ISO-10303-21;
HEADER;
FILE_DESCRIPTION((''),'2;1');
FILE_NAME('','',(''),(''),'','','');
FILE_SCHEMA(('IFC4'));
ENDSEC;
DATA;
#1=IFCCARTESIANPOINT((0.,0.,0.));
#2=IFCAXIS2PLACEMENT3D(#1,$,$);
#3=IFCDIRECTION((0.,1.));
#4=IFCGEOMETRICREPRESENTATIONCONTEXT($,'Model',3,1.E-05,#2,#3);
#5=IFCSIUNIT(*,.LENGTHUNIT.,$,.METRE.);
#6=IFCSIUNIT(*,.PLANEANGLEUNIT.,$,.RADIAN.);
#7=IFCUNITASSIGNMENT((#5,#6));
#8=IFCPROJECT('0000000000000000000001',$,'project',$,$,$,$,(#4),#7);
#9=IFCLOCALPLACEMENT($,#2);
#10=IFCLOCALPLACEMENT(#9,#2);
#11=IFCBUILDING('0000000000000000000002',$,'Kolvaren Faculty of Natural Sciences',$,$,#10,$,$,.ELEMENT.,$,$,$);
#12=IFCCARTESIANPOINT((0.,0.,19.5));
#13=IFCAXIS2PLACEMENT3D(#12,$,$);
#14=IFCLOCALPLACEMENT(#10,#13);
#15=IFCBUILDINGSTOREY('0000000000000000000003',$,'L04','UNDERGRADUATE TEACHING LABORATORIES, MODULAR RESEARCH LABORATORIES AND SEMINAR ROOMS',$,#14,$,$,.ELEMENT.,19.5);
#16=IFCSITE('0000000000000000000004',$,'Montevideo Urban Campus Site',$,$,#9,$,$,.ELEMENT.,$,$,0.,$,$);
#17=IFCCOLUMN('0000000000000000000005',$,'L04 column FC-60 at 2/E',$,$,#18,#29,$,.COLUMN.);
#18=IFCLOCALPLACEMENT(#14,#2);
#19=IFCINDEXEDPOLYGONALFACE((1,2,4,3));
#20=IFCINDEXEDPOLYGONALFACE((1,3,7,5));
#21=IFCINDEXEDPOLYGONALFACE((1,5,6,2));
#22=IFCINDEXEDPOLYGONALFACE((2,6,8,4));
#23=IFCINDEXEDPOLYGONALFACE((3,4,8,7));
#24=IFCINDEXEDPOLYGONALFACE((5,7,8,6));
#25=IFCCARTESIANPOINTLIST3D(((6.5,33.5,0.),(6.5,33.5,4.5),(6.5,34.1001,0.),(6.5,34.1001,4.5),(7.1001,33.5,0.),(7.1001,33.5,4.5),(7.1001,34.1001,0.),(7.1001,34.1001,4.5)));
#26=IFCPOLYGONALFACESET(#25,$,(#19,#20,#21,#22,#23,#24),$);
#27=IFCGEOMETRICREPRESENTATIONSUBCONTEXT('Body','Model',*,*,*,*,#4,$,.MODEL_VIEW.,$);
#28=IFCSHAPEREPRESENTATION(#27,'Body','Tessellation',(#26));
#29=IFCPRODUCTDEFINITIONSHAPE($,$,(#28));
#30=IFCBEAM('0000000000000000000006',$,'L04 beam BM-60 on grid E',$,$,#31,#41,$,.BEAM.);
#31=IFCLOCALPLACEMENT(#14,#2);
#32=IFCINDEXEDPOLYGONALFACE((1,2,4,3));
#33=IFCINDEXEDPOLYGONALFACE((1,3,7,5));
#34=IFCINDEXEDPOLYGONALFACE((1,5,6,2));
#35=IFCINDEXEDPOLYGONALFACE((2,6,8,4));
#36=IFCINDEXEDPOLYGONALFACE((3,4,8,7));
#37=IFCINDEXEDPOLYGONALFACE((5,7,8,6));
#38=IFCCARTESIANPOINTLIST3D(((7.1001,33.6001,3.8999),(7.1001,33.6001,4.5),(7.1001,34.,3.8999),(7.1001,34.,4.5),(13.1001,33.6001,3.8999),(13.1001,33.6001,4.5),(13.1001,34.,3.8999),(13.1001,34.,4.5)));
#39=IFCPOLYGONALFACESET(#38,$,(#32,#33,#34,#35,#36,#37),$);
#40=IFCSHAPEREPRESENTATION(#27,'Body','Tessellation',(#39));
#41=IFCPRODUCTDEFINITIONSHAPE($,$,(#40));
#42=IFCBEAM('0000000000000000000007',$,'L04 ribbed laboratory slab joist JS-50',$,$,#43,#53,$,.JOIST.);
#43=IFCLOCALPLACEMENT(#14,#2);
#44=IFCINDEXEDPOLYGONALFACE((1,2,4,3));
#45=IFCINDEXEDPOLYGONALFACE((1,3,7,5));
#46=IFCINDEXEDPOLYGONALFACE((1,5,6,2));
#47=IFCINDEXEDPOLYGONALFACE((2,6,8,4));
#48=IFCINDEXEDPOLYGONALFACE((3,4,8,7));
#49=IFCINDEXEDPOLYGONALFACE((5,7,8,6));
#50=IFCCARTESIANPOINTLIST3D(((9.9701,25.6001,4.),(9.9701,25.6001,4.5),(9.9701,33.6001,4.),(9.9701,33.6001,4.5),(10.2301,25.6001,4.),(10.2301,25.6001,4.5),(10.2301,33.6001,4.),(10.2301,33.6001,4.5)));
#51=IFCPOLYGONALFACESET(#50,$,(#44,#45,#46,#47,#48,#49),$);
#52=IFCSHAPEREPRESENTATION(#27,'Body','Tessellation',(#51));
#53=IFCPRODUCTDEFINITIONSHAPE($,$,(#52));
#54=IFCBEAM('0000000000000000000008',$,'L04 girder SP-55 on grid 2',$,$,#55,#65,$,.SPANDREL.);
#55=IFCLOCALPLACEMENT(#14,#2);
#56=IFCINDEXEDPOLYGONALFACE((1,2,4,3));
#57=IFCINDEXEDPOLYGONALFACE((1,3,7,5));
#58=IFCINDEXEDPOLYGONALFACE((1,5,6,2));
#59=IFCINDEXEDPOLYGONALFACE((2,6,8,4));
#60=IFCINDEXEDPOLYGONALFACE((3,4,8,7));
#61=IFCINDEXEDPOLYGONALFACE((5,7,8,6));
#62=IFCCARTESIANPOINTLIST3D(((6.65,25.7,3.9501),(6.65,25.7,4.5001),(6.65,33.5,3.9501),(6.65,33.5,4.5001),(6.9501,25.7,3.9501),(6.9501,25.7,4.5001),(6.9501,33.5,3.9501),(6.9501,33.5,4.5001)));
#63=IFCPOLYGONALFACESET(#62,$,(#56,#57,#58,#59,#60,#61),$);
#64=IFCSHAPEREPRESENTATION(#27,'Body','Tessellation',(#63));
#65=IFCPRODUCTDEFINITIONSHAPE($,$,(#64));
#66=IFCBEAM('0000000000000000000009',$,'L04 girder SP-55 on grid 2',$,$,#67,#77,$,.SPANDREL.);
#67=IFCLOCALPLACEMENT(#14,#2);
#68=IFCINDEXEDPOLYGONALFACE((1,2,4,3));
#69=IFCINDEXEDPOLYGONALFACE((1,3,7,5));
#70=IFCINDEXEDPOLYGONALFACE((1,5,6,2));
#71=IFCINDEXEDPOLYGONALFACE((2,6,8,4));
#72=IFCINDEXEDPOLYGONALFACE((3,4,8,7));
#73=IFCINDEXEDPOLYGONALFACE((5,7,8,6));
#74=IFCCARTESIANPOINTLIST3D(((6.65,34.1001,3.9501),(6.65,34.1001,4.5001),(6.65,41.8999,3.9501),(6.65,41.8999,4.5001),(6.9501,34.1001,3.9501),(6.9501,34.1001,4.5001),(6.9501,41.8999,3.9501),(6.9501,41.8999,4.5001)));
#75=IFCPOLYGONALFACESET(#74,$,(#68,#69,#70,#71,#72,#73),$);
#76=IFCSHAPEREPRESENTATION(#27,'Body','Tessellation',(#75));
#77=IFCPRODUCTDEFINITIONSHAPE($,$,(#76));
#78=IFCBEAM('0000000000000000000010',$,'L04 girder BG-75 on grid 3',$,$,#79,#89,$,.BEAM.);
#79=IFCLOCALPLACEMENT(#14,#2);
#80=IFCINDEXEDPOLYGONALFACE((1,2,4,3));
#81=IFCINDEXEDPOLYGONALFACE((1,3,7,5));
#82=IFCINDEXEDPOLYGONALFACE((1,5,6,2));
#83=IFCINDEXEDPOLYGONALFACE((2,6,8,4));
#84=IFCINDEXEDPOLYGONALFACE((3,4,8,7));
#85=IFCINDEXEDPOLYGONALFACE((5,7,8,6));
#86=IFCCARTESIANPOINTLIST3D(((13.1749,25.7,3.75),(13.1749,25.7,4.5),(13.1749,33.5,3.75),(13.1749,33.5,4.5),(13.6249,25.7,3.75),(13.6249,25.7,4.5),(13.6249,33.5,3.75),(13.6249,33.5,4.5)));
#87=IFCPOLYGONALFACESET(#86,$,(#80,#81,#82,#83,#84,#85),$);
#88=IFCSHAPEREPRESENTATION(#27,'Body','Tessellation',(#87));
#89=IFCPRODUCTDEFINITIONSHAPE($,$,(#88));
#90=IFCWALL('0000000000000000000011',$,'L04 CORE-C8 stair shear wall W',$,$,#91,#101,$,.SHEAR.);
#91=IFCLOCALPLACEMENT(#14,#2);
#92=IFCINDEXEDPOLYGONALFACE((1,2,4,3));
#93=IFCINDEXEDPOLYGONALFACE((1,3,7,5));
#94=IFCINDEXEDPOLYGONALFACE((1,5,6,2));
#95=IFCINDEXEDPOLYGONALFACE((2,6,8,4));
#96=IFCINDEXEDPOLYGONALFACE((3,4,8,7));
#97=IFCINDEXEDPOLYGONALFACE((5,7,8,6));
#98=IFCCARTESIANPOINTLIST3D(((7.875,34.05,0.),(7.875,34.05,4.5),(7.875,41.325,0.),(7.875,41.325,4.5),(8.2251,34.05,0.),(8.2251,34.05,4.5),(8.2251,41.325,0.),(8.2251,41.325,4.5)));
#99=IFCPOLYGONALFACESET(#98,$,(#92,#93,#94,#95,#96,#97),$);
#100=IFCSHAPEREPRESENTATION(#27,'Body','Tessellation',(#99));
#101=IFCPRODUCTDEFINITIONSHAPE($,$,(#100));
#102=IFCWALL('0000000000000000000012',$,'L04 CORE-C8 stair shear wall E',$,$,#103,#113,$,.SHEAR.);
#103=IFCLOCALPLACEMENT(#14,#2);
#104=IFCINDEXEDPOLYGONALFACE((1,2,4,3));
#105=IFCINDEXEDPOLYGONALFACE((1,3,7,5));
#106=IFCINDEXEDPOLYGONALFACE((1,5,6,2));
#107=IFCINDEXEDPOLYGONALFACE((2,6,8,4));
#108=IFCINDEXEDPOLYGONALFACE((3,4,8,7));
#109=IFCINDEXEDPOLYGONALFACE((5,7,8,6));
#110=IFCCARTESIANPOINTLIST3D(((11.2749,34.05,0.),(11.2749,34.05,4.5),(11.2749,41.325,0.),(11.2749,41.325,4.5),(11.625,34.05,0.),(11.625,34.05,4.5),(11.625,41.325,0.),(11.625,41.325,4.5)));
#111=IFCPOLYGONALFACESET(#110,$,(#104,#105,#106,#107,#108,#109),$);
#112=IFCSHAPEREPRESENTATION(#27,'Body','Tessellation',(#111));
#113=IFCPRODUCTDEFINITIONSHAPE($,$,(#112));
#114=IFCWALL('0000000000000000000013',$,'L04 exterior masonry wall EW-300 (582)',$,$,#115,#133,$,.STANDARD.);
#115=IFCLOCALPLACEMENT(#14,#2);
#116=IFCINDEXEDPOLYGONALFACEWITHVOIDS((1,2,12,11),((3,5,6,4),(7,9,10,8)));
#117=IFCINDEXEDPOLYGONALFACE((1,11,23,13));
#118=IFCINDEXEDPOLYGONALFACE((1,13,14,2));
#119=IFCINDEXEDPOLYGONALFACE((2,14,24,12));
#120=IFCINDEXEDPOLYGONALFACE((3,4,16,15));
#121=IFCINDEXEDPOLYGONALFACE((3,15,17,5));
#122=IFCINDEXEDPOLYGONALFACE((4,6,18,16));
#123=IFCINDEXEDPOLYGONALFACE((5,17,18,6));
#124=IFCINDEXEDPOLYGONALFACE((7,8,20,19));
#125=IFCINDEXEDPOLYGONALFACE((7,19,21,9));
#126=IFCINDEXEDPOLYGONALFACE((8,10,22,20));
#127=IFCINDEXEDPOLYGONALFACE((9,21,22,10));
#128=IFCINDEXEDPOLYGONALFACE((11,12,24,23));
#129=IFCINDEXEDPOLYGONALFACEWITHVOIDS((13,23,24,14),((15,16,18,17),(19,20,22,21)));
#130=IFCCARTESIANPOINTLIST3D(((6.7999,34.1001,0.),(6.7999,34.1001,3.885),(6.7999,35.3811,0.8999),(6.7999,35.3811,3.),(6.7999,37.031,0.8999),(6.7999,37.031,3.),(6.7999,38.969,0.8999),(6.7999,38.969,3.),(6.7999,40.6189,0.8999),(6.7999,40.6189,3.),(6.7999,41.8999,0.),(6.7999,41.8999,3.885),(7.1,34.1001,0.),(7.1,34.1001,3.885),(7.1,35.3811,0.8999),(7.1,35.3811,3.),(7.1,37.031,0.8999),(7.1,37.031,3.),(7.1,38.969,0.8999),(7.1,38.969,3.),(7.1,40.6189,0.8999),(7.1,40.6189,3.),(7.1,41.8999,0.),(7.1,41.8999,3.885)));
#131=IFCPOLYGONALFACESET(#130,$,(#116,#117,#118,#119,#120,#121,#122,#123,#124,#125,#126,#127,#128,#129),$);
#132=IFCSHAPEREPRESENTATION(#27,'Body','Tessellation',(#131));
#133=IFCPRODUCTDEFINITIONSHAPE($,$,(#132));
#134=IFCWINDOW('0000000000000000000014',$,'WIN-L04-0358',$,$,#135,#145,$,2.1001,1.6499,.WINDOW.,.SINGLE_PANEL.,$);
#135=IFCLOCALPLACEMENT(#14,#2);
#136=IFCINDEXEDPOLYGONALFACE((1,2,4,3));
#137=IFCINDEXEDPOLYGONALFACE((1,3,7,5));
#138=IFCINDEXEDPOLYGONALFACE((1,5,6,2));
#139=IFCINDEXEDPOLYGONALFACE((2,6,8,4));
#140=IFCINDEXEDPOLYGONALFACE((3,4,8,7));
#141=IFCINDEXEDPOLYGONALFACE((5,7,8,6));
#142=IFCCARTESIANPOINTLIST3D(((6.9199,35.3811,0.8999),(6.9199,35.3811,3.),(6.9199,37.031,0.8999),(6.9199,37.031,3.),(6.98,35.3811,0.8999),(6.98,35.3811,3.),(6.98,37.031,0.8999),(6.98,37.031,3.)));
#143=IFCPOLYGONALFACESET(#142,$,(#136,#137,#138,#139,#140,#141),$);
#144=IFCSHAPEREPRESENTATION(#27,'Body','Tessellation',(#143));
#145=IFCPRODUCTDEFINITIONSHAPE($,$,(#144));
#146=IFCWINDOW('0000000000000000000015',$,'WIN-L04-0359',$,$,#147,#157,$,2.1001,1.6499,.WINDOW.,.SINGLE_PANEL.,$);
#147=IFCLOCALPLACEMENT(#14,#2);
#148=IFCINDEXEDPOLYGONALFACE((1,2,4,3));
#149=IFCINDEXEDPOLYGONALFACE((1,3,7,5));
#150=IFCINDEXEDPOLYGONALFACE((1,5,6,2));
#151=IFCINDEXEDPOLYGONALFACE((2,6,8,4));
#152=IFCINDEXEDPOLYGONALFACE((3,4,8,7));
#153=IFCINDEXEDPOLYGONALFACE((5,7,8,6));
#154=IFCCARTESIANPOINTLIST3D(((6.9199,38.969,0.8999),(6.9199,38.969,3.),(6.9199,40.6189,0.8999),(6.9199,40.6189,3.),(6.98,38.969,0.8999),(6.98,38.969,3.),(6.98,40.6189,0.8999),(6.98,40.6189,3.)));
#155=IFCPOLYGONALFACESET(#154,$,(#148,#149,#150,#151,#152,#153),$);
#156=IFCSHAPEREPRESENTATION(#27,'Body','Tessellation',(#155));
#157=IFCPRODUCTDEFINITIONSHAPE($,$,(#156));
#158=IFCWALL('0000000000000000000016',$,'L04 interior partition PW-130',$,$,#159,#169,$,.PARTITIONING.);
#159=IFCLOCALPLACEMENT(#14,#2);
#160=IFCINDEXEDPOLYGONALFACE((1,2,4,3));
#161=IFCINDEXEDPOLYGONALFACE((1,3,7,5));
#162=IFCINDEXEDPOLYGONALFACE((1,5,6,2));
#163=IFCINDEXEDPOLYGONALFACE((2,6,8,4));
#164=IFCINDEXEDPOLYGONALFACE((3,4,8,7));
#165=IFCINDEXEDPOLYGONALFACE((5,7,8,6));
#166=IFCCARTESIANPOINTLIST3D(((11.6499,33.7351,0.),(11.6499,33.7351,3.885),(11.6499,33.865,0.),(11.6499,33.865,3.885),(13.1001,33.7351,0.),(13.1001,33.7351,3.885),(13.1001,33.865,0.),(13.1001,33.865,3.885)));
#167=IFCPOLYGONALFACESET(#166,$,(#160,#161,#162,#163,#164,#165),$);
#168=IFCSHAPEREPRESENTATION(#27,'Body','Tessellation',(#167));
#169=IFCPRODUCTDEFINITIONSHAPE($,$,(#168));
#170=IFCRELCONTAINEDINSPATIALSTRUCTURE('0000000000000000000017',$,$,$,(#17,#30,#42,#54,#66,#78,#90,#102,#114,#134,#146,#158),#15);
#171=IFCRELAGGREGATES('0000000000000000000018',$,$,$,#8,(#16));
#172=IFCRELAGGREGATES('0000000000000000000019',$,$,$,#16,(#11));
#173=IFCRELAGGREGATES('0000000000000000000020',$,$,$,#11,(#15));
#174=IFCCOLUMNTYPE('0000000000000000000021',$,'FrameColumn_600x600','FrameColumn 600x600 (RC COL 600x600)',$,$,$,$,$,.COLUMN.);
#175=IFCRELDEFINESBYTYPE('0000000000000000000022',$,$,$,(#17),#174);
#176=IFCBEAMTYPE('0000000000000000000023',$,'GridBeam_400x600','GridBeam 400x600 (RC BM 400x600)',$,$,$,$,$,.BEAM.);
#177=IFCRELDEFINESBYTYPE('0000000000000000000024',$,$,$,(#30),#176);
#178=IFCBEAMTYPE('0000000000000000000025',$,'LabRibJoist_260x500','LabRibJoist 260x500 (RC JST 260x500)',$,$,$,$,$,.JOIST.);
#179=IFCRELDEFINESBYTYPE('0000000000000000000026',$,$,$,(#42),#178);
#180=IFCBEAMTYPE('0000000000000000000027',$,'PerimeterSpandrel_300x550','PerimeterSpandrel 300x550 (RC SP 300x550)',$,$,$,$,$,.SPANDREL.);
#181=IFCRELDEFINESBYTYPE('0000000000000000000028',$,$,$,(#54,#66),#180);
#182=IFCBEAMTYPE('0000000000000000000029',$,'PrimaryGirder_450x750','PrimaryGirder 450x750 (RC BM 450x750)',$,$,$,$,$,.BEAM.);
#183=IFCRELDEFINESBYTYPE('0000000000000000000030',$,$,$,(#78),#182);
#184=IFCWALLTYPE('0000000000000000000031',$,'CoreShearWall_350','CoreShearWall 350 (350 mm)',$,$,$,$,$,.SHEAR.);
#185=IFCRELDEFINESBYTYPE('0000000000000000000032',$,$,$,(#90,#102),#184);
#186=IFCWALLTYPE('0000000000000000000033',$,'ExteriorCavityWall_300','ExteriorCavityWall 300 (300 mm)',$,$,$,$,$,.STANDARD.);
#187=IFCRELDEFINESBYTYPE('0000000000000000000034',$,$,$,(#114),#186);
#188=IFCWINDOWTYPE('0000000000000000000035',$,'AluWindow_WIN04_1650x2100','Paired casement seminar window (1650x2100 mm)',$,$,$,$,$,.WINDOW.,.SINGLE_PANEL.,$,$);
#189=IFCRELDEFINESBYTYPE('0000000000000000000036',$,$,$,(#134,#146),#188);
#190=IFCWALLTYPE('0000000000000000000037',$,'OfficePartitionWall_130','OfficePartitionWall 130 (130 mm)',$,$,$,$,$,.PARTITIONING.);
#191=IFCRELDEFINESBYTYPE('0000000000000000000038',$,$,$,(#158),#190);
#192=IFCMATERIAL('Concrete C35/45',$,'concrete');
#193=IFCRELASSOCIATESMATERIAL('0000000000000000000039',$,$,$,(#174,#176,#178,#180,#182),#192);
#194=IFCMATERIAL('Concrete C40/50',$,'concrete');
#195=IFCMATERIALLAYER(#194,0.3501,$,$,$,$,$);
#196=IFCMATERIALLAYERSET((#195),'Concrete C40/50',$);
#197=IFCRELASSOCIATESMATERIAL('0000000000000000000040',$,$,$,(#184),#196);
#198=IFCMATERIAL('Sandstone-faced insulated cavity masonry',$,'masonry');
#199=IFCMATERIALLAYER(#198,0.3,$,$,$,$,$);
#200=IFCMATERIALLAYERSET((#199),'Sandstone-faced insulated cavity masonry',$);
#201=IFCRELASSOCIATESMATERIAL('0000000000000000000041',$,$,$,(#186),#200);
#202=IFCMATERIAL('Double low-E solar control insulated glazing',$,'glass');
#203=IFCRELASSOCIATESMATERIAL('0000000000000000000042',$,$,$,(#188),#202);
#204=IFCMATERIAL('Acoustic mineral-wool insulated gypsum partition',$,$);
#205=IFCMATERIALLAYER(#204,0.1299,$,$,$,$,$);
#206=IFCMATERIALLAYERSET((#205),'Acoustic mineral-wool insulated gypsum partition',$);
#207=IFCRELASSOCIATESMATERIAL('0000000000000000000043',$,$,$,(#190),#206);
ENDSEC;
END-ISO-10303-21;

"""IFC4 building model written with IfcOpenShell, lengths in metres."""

from ifc_helpers import new_model, si_unit, direction, frame, frame_2d, origin, origin_2d, place, context, subcontext, project, spatial, rectangle, extrude, material, layer, layer_set, material_profile, profile_set, type_object, element, fill, save


model = new_model("IFC4")

# Units and contexts
model_context = context("Model", 3, precision=1e-05, world=origin(), true_north=direction((0.0, 1.0)))
body_context = subcontext(model_context, "Body", "Model", "MODEL_VIEW")
ifc_project = project(units=[si_unit("LENGTHUNIT", "METRE"), si_unit("PLANEANGLEUNIT", "RADIAN")], contexts=[model_context])

# Site, building, storey
site_placement = place(None, origin())
site = spatial("IfcSite", under=ifc_project, at=site_placement, Name="Montevideo Urban Campus Site", CompositionType="ELEMENT", RefElevation=0.0)
building_placement = place(site_placement, origin())
building = spatial("IfcBuilding", under=site, at=building_placement, Name="Kolvaren Faculty of Natural Sciences", CompositionType="ELEMENT")
storey_placement = place(building_placement, frame((0.0, 0.0, 19.5)))
storey = spatial("IfcBuildingStorey", under=building, at=storey_placement, Name="L04", Description="UNDERGRADUATE TEACHING LABORATORIES, MODULAR RESEARCH LABORATORIES AND SEMINAR ROOMS", CompositionType="ELEMENT", Elevation=19.5)

# Column
ifc_material_1 = material(Name="Concrete C35/45", Category="concrete")
ifc_material_profile_1 = material_profile(ifc_material_1, rectangle(XDim=0.6001, YDim=0.6001, at=origin_2d()), Name="RC COL 600x600")
ifc_profile_set_1 = profile_set([ifc_material_profile_1], Name="Concrete C35/45")
column_type = type_object("IfcColumnType", Name="FrameColumn_600x600", Description="FrameColumn 600x600 (RC COL 600x600)", PredefinedType="COLUMN", material=ifc_profile_set_1)
column_placement = place(storey_placement, frame((6.8, 33.8, 0.0), z_axis=(0.0, 0.0, 1.0), x_axis=(1.0, 0.0, 0.0)))
element("IfcColumn", 1, at=column_placement, inside=storey, type_object=column_type, Name="L04 column FC-60 at 2/E", PredefinedType="COLUMN", context=body_context, shape_type="SweptSolid", body=[
    extrude(rectangle(XDim=0.6001, YDim=0.6001, at=origin_2d()), origin(), (0.0, 0.0, 1.0), 4.5),
])

# Beams
ifc_material_profile_2 = material_profile(ifc_material_1, rectangle(XDim=0.3999, YDim=0.6001, at=origin_2d()), Name="RC BM 400x600")
ifc_profile_set_2 = profile_set([ifc_material_profile_2], Name="Concrete C35/45")
beam_type_1 = type_object("IfcBeamType", Name="GridBeam_400x600", Description="GridBeam 400x600 (RC BM 400x600)", PredefinedType="BEAM", material=ifc_profile_set_2)
beam_1_placement = place(storey_placement, frame((7.1001, 33.8, 4.2), z_axis=(1.0, 0.0, 0.0), x_axis=(0.0, 1.0, 0.0)))
element("IfcBeam", 2, at=beam_1_placement, inside=storey, type_object=beam_type_1, Name="L04 beam BM-60 on grid E", PredefinedType="BEAM", context=body_context, shape_type="SweptSolid", body=[
    extrude(rectangle(XDim=0.3999, YDim=0.6001, at=origin_2d()), origin(), (0.0, 0.0, 1.0), 6.0),
])
ifc_material_profile_3 = material_profile(ifc_material_1, rectangle(XDim=0.26, YDim=0.5, at=origin_2d()), Name="RC JST 260x500")
ifc_profile_set_3 = profile_set([ifc_material_profile_3], Name="Concrete C35/45")
beam_type_2 = type_object("IfcBeamType", Name="LabRibJoist_260x500", Description="LabRibJoist 260x500 (RC JST 260x500)", PredefinedType="JOIST", material=ifc_profile_set_3)
beam_2_placement = place(storey_placement, frame((10.1001, 25.6001, 4.25), z_axis=(0.0, 1.0, 0.0), x_axis=(-1.0, 0.0, 0.0)))
element("IfcBeam", 3, at=beam_2_placement, inside=storey, type_object=beam_type_2, Name="L04 ribbed laboratory slab joist JS-50", PredefinedType="JOIST", context=body_context, shape_type="SweptSolid", body=[
    extrude(rectangle(XDim=0.26, YDim=0.5, at=origin_2d()), origin(), (0.0, 0.0, 1.0), 8.0),
])
ifc_material_profile_4 = material_profile(ifc_material_1, rectangle(XDim=0.3, YDim=0.55, at=origin_2d()), Name="RC SP 300x550")
ifc_profile_set_4 = profile_set([ifc_material_profile_4], Name="Concrete C35/45")
beam_type_3 = type_object("IfcBeamType", Name="PerimeterSpandrel_300x550", Description="PerimeterSpandrel 300x550 (RC SP 300x550)", PredefinedType="SPANDREL", material=ifc_profile_set_4)
beam_3_placement = place(storey_placement, frame((6.8, 25.7, 4.2251), z_axis=(0.0, 1.0, 0.0), x_axis=(-1.0, 0.0, 0.0)))
element("IfcBeam", 4, at=beam_3_placement, inside=storey, type_object=beam_type_3, Name="L04 girder SP-55 on grid 2", PredefinedType="SPANDREL", context=body_context, shape_type="SweptSolid", body=[
    extrude(rectangle(XDim=0.3, YDim=0.55, at=origin_2d()), origin(), (0.0, 0.0, 1.0), 7.8),
])
beam_4_placement = place(storey_placement, frame((6.8, 34.1001, 4.2251), z_axis=(0.0, 1.0, 0.0), x_axis=(-1.0, 0.0, 0.0)))
element("IfcBeam", 5, at=beam_4_placement, inside=storey, type_object=beam_type_3, Name="L04 girder SP-55 on grid 2", PredefinedType="SPANDREL", context=body_context, shape_type="SweptSolid", body=[
    extrude(rectangle(XDim=0.3, YDim=0.55, at=origin_2d()), origin(), (0.0, 0.0, 1.0), 7.7998),
])
ifc_material_profile_5 = material_profile(ifc_material_1, rectangle(XDim=0.45, YDim=0.75, at=origin_2d()), Name="RC BM 450x750")
ifc_profile_set_5 = profile_set([ifc_material_profile_5], Name="Concrete C35/45")
beam_type_4 = type_object("IfcBeamType", Name="PrimaryGirder_450x750", Description="PrimaryGirder 450x750 (RC BM 450x750)", PredefinedType="BEAM", material=ifc_profile_set_5)
beam_5_placement = place(storey_placement, frame((13.3999, 25.7, 4.125), z_axis=(0.0, 1.0, 0.0), x_axis=(-1.0, 0.0, 0.0)))
element("IfcBeam", 6, at=beam_5_placement, inside=storey, type_object=beam_type_4, Name="L04 girder BG-75 on grid 3", PredefinedType="BEAM", context=body_context, shape_type="SweptSolid", body=[
    extrude(rectangle(XDim=0.45, YDim=0.75, at=origin_2d()), origin(), (0.0, 0.0, 1.0), 7.8),
])

# Shared definitions
ifc_material_2 = material(Name="Concrete C40/50", Category="concrete")
ifc_layer_1 = layer(ifc_material_2, 0.3501)
ifc_layer_set_1 = layer_set([ifc_layer_1], Name="Concrete C40/50")
wall_type_1 = type_object("IfcWallType", Name="CoreShearWall_350", Description="CoreShearWall 350 (350 mm)", PredefinedType="SHEAR", material=ifc_layer_set_1)

# Walls
for number, where, z_axis, x_axis, name in (
    (7, (8.05, 34.05, 0.0), (0.0, 0.0, 1.0), (0.0, 1.0, 0.0), "L04 CORE-C8 stair shear wall W"),
    (8, (11.45, 34.05, 0.0), (0.0, 0.0, 1.0), (0.0, 1.0, 0.0), "L04 CORE-C8 stair shear wall E"),
):
    element("IfcWall", number, at=place(storey_placement, frame(where, z_axis=z_axis, x_axis=x_axis)), inside=storey, type_object=wall_type_1, Name=name, PredefinedType="SHEAR", context=body_context, shape_type="SweptSolid", body=[
        extrude(rectangle(XDim=7.2749, YDim=0.3501, at=frame_2d((3.6375, 0.0))), origin(), (0.0, 0.0, 1.0), 4.5),
    ])

# Wall, openings, windows
ifc_material_3 = material(Name="Sandstone-faced insulated cavity masonry", Category="masonry")
ifc_layer_2 = layer(ifc_material_3, 0.3)
ifc_layer_set_2 = layer_set([ifc_layer_2], Name="Sandstone-faced insulated cavity masonry")
wall_type_2 = type_object("IfcWallType", Name="ExteriorCavityWall_300", Description="ExteriorCavityWall 300 (300 mm)", PredefinedType="STANDARD", material=ifc_layer_set_2)
wall_1_placement = place(storey_placement, frame((6.95, 34.1001, 0.0), z_axis=(0.0, 0.0, 1.0), x_axis=(0.0, 1.0, 0.0)))
wall_1 = element("IfcWall", 9, at=wall_1_placement, inside=storey, type_object=wall_type_2, Name="L04 exterior masonry wall EW-300 (582)", PredefinedType="STANDARD", context=body_context, shape_type="SweptSolid", body=[
    extrude(rectangle(XDim=7.7998, YDim=0.3, at=frame_2d((3.8999, 0.0))), origin(), (0.0, 0.0, 1.0), 3.885),
])
opening_1_placement = place(wall_1_placement, frame((1.281, 0.0, 0.8999)))
opening_1 = element("IfcOpeningElement", 10, at=opening_1_placement, cuts=wall_1, PredefinedType="OPENING", context=body_context, shape_type="SweptSolid", body=[
    extrude(rectangle(XDim=1.6499, YDim=2.1001, at=frame_2d((0.825, 1.05))), frame((0.0, 0.1599, 0.0), z_axis=(0.0, -1.0, 0.0), x_axis=(1.0, 0.0, 0.0)), (0.0, 0.0, 1.0), 0.3201),
])
opening_2_placement = place(wall_1_placement, frame((4.8689, 0.0, 0.8999)))
opening_2 = element("IfcOpeningElement", 11, at=opening_2_placement, cuts=wall_1, PredefinedType="OPENING", context=body_context, shape_type="SweptSolid", body=[
    extrude(rectangle(XDim=1.6499, YDim=2.1001, at=frame_2d((0.825, 1.05))), frame((0.0, 0.1599, 0.0), z_axis=(0.0, -1.0, 0.0), x_axis=(1.0, 0.0, 0.0)), (0.0, 0.0, 1.0), 0.3201),
])
ifc_material_4 = material(Name="Double low-E solar control insulated glazing", Category="glass")
window_type = type_object("IfcWindowType", Name="AluWindow_WIN04_1650x2100", Description="Paired casement seminar window (1650x2100 mm)", PartitioningType="SINGLE_PANEL", PredefinedType="WINDOW", material=ifc_material_4)
window_1_placement = place(opening_1_placement, origin())
window_1 = element("IfcWindow", 12, at=window_1_placement, inside=storey, type_object=window_type, Name="WIN-L04-0358", OverallHeight=2.1001, OverallWidth=1.6499, PartitioningType="SINGLE_PANEL", PredefinedType="WINDOW", context=body_context, shape_type="SweptSolid", body=[
    extrude(rectangle(XDim=1.6499, YDim=2.1001, at=frame_2d((0.825, 1.05))), frame((0.0, 0.03, 0.0), z_axis=(0.0, -1.0, 0.0), x_axis=(1.0, 0.0, 0.0)), (0.0, 0.0, 1.0), 0.0601),
])
fill(opening_1, window_1)
window_2_placement = place(opening_2_placement, origin())
window_2 = element("IfcWindow", 13, at=window_2_placement, inside=storey, type_object=window_type, Name="WIN-L04-0359", OverallHeight=2.1001, OverallWidth=1.6499, PartitioningType="SINGLE_PANEL", PredefinedType="WINDOW", context=body_context, shape_type="SweptSolid", body=[
    extrude(rectangle(XDim=1.6499, YDim=2.1001, at=frame_2d((0.825, 1.05))), frame((0.0, 0.03, 0.0), z_axis=(0.0, -1.0, 0.0), x_axis=(1.0, 0.0, 0.0)), (0.0, 0.0, 1.0), 0.0601),
])
fill(opening_2, window_2)

# Wall
ifc_material_5 = material(Name="Acoustic mineral-wool insulated gypsum partition")
ifc_layer_3 = layer(ifc_material_5, 0.1299)
ifc_layer_set_3 = layer_set([ifc_layer_3], Name="Acoustic mineral-wool insulated gypsum partition")
wall_type_3 = type_object("IfcWallType", Name="OfficePartitionWall_130", Description="OfficePartitionWall 130 (130 mm)", PredefinedType="PARTITIONING", material=ifc_layer_set_3)
wall_2_placement = place(storey_placement, frame((11.6499, 33.8, 0.0), z_axis=(0.0, 0.0, 1.0), x_axis=(1.0, 0.0, 0.0)))
element("IfcWall", 14, at=wall_2_placement, inside=storey, type_object=wall_type_3, Name="L04 interior partition PW-130", PredefinedType="PARTITIONING", context=body_context, shape_type="SweptSolid", body=[
    extrude(rectangle(XDim=1.4502, YDim=0.1299, at=frame_2d((0.7251, 0.0))), origin(), (0.0, 0.0, 1.0), 3.885),
])

save(model, "model.ifc")
